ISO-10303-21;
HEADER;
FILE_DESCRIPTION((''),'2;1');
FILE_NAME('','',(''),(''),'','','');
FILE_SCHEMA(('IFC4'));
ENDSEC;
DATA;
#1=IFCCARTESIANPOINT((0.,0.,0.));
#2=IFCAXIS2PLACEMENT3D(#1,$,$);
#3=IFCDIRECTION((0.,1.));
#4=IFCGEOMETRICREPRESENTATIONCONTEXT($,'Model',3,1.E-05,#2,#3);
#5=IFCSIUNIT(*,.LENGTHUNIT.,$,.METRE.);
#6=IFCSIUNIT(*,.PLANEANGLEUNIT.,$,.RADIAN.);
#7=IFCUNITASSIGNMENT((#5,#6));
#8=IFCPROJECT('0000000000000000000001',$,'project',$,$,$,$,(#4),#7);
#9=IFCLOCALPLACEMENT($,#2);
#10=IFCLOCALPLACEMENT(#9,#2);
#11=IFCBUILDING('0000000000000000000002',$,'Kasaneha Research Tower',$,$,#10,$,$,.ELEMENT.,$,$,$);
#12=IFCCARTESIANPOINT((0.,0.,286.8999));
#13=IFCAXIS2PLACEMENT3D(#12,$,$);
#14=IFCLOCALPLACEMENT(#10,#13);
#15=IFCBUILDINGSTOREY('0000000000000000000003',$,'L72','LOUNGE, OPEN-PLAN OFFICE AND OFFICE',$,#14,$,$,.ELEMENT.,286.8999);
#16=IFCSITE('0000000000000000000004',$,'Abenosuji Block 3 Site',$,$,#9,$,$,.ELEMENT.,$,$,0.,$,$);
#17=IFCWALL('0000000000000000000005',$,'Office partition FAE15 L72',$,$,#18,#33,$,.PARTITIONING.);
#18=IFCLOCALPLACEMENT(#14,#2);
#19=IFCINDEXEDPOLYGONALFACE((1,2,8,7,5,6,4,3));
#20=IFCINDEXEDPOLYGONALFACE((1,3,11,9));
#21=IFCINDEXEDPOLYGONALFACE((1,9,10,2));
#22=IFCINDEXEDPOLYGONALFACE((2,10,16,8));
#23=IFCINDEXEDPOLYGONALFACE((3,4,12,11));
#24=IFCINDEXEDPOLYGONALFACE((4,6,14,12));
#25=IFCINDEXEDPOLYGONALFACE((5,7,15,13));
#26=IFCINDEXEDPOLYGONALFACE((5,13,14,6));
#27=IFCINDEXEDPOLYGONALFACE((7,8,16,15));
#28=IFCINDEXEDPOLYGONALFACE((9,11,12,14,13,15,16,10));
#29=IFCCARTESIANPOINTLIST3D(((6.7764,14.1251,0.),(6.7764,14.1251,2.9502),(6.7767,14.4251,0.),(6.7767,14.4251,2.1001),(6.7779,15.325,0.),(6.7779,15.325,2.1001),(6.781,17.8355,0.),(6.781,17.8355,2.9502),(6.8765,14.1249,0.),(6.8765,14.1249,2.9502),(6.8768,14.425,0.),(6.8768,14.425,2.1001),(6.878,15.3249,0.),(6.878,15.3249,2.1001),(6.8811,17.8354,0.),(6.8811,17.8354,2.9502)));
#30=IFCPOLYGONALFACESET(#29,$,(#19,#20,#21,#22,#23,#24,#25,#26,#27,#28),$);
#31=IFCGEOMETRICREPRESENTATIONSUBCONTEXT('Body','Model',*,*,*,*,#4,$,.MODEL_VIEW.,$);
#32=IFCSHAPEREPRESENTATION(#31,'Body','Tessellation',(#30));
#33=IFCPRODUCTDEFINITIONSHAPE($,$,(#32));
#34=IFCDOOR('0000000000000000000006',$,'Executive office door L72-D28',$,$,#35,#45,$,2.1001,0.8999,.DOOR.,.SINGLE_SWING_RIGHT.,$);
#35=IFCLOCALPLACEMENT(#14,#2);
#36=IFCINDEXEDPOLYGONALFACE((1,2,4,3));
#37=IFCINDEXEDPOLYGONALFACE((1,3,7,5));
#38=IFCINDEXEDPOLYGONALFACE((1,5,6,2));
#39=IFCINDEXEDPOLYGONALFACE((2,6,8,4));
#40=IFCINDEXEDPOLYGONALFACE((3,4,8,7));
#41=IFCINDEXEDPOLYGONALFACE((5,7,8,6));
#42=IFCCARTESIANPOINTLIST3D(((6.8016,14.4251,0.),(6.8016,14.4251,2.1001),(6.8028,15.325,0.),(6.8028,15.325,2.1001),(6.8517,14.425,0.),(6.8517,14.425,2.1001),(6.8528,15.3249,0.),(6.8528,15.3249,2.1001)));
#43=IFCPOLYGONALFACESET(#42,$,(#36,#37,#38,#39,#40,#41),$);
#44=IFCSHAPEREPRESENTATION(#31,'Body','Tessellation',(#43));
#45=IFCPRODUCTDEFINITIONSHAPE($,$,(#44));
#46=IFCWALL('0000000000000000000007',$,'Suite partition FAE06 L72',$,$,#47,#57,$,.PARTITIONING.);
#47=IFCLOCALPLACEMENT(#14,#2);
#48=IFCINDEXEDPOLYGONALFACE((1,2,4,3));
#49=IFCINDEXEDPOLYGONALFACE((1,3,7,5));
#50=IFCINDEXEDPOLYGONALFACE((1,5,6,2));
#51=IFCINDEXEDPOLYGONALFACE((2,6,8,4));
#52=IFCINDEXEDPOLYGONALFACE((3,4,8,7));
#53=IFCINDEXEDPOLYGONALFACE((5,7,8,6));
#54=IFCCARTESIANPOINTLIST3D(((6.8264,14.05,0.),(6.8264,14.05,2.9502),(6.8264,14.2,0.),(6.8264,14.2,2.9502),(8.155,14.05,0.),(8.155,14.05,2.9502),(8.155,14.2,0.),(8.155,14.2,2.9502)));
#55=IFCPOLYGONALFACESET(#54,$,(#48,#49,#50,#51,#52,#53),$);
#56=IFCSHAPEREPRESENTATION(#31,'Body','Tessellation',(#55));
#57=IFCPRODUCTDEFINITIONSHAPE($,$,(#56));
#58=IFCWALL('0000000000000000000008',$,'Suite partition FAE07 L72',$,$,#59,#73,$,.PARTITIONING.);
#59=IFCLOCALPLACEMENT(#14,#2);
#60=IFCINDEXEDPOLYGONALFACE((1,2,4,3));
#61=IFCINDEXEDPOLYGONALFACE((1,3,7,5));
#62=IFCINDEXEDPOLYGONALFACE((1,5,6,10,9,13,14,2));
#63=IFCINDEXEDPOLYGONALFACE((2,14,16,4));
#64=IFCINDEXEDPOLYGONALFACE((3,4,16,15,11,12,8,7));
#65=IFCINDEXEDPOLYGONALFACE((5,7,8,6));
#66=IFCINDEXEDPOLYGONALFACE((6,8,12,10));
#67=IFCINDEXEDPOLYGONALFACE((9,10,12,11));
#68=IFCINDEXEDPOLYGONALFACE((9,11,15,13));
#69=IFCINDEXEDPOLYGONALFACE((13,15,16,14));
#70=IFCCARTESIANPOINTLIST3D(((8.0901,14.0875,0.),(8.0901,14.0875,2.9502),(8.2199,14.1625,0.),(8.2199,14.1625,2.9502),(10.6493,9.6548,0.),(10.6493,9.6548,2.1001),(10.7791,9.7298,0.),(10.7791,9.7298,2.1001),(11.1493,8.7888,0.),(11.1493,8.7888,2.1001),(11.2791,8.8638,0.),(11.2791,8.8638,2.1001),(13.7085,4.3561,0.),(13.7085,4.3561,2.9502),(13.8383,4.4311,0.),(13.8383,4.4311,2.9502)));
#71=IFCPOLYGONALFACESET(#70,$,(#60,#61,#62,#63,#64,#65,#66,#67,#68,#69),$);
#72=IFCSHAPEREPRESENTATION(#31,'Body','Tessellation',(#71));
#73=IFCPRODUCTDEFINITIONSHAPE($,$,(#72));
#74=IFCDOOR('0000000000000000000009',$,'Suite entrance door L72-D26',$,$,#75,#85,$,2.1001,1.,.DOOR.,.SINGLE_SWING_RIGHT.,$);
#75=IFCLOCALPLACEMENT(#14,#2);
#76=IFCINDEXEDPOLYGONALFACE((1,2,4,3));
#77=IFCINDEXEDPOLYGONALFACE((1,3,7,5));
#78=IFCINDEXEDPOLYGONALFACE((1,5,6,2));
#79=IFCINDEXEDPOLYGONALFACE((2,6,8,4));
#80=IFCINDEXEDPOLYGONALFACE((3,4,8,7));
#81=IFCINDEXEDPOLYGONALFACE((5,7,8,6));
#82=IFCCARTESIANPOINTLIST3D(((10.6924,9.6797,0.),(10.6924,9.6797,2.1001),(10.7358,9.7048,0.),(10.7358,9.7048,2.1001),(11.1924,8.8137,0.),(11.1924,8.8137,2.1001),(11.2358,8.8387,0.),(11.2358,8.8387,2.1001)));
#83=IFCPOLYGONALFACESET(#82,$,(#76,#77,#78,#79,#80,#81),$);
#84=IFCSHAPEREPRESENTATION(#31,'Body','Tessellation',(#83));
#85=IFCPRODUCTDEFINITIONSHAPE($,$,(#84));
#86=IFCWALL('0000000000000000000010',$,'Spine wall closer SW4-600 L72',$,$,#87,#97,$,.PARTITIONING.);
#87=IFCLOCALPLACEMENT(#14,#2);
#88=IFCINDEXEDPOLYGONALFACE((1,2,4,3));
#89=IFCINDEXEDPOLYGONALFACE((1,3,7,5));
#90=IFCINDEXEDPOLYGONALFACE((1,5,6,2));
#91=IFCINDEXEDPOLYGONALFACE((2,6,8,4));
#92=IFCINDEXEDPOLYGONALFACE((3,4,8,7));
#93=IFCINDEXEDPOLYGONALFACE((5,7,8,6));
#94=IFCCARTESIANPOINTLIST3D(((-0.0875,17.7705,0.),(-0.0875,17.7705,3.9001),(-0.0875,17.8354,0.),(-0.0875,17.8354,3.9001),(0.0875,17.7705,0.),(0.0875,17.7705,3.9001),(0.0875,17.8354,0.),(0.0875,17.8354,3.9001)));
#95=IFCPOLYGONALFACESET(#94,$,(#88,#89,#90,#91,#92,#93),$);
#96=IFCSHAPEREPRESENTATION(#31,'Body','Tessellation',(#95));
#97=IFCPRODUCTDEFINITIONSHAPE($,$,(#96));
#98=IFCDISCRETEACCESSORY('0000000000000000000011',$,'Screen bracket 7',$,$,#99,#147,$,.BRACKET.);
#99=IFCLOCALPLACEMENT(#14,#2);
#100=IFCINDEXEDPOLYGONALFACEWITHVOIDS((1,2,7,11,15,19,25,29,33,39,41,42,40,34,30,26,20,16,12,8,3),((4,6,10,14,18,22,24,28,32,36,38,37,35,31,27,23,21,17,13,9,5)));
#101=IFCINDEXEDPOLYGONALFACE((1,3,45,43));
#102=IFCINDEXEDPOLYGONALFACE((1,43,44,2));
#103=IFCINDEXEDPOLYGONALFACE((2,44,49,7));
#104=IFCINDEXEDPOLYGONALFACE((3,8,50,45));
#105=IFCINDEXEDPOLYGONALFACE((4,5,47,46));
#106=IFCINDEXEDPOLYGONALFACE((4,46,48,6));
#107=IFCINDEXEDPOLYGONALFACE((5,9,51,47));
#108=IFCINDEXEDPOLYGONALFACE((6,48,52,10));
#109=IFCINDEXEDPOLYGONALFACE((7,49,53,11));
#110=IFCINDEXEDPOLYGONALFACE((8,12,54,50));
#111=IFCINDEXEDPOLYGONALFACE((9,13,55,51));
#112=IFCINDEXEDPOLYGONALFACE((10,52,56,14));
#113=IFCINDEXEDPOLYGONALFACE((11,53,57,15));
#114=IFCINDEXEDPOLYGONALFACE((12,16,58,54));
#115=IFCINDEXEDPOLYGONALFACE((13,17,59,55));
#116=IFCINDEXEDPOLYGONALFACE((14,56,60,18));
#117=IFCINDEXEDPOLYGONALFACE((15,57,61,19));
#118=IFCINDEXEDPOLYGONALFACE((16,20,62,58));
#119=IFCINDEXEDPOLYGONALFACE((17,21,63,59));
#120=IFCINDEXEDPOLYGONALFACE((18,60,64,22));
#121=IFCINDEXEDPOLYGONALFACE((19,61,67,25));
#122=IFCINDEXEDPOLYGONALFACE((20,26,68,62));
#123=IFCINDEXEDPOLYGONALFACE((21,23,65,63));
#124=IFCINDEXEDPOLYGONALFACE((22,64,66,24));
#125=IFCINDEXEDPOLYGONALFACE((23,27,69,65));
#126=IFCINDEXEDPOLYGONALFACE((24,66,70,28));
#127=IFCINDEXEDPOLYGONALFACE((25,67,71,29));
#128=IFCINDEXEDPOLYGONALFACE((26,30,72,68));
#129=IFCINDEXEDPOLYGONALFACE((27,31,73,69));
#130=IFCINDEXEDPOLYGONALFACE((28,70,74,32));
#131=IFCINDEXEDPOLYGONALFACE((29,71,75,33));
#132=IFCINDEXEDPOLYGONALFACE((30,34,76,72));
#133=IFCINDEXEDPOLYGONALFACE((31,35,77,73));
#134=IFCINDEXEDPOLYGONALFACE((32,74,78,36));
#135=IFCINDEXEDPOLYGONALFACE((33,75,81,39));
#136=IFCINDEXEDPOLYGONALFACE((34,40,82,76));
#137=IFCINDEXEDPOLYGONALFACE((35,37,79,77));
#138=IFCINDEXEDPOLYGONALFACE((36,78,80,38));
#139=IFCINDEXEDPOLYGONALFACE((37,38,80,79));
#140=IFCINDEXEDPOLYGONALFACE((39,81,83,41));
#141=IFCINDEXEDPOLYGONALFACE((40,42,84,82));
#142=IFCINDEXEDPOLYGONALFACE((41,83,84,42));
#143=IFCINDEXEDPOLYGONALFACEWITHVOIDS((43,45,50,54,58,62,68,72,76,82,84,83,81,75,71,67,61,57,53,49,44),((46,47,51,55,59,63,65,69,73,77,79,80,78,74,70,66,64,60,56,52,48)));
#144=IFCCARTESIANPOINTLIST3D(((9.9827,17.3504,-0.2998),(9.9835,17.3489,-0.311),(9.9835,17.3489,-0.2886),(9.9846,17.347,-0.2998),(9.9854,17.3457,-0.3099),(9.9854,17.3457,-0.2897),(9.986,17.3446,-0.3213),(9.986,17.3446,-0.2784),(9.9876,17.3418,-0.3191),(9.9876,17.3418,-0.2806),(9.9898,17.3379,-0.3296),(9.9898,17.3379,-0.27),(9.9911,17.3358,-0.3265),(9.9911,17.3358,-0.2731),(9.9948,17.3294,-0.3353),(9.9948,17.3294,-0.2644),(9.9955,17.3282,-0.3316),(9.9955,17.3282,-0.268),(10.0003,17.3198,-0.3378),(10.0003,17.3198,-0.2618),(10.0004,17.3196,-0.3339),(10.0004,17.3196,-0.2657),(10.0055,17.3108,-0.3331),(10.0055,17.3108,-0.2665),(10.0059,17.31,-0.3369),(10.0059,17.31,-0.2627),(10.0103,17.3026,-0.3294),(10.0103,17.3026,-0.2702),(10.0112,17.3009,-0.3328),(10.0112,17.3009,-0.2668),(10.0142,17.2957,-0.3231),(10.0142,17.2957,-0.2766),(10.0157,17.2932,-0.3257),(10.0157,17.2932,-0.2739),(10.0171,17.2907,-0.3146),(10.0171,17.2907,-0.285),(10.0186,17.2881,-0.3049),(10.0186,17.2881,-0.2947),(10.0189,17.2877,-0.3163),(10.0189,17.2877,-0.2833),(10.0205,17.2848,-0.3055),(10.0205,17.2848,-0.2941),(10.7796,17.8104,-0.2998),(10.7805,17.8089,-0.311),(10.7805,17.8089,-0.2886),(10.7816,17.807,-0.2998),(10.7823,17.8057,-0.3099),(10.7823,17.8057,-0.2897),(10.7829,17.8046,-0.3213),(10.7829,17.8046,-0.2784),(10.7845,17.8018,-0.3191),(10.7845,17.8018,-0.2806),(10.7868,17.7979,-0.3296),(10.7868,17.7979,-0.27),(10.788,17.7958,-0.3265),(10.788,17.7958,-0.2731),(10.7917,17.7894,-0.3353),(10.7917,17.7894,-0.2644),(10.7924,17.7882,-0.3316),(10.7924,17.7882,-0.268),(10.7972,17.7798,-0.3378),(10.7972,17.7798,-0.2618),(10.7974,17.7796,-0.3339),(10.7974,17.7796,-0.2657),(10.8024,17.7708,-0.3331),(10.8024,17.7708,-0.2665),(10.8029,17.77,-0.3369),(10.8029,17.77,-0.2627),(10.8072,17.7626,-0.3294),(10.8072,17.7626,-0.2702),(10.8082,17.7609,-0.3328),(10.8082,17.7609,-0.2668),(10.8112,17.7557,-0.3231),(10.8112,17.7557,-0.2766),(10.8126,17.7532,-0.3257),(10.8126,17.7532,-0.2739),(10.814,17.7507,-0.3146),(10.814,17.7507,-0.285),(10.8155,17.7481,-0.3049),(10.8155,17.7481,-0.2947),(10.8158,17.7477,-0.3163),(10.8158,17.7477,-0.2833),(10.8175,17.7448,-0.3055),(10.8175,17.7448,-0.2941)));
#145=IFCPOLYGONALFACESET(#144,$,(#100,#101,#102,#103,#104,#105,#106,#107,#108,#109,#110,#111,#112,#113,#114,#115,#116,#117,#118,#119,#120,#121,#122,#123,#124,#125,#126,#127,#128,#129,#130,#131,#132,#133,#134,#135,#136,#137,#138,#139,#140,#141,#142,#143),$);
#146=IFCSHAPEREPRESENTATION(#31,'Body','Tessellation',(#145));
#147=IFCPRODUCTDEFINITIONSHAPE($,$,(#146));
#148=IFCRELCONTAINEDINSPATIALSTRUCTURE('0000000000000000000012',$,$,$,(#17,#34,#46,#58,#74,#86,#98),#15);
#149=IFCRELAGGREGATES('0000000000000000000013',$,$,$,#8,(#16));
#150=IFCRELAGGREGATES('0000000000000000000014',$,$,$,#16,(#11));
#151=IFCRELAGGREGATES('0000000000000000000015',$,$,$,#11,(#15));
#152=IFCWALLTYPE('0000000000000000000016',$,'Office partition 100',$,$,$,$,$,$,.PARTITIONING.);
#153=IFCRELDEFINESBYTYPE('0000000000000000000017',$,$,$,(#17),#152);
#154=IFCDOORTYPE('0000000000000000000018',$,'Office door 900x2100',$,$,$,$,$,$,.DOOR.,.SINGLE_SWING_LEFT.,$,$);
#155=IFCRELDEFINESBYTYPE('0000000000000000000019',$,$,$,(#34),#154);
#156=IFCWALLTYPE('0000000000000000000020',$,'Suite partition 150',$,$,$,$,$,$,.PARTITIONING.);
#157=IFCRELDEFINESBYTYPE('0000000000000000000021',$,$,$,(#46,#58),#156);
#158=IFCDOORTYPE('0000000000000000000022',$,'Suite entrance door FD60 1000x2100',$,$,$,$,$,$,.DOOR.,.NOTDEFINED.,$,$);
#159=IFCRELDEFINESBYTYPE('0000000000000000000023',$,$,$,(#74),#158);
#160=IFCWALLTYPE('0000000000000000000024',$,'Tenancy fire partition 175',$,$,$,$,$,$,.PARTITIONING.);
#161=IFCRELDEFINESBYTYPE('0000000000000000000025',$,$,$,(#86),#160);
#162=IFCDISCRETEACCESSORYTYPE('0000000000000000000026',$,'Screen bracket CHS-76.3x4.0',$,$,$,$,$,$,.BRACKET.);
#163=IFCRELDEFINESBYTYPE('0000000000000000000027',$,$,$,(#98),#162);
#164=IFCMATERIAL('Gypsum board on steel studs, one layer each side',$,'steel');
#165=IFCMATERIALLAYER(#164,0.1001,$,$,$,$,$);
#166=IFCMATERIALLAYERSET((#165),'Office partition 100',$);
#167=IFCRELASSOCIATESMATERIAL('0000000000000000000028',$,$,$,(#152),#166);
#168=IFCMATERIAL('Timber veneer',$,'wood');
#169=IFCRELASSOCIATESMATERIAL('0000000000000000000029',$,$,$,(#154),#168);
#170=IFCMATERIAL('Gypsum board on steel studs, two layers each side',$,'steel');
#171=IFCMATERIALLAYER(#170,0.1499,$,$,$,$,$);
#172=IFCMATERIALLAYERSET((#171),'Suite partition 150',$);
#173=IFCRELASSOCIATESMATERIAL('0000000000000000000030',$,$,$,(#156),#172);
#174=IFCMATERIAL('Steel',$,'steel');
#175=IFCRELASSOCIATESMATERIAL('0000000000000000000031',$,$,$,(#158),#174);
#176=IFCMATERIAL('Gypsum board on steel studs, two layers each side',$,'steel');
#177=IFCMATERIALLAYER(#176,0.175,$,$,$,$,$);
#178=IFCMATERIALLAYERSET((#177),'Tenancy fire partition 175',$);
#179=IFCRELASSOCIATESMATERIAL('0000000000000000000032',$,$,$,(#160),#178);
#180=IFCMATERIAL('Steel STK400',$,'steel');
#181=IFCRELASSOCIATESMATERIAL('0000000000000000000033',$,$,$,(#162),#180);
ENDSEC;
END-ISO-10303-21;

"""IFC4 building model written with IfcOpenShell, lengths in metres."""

from ifc_helpers import new_model, si_unit, direction, frame, frame_2d, origin, origin_2d, place, context, subcontext, project, spatial, rectangle, hollow_circle, extrude, material, layer, layer_set, material_profile, profile_set, type_object, element, fill, save


model = new_model("IFC4")

# Units and contexts
model_context = context("Model", 3, precision=1e-05, world=origin(), true_north=direction((0.0, 1.0)))
body_context = subcontext(model_context, "Body", "Model", "MODEL_VIEW")
ifc_project = project(units=[si_unit("LENGTHUNIT", "METRE"), si_unit("PLANEANGLEUNIT", "RADIAN")], contexts=[model_context])

# Site, building, storey
site_placement = place(None, origin())
site = spatial("IfcSite", under=ifc_project, at=site_placement, Name="Abenosuji Block 3 Site", CompositionType="ELEMENT", RefElevation=0.0)
building_placement = place(site_placement, origin())
building = spatial("IfcBuilding", under=site, at=building_placement, Name="Kasaneha Research Tower", CompositionType="ELEMENT")
storey_placement = place(building_placement, frame((0.0, 0.0, 286.8999)))
storey = spatial("IfcBuildingStorey", under=building, at=storey_placement, Name="L72", Description="LOUNGE, OPEN-PLAN OFFICE AND OFFICE", CompositionType="ELEMENT", Elevation=286.8999)

# Shared definitions
ifc_material_1 = material(Name="Gypsum board on steel studs, one layer each side", Category="steel")
ifc_layer_1 = layer(ifc_material_1, 0.1001)
ifc_layer_set_1 = layer_set([ifc_layer_1], Name="Office partition 100")
wall_type_1 = type_object("IfcWallType", Name="Office partition 100", PredefinedType="PARTITIONING", material=ifc_layer_set_1)

# Wall, opening, door
wall_1_placement = place(storey_placement, frame((6.8311, 17.8354, 0.0), z_axis=(0.0, 0.0, 1.0), x_axis=(-0.00125, -0.999999, 0.0)))
wall_1 = element("IfcWall", 1, at=wall_1_placement, inside=storey, type_object=wall_type_1, Name="Office partition FAE15 L72", PredefinedType="PARTITIONING", context=body_context, shape_type="SweptSolid", body=[
    extrude(rectangle(XDim=3.7104, YDim=0.1001, at=frame_2d((1.8552, 0.0))), origin(), (0.0, 0.0, 1.0), 2.9502),
])
opening_1_placement = place(wall_1_placement, frame((2.5105, 0.0, 0.0)))
opening_1 = element("IfcOpeningElement", 2, at=opening_1_placement, cuts=wall_1, PredefinedType="OPENING", context=body_context, shape_type="SweptSolid", body=[
    extrude(rectangle(XDim=0.8999, YDim=2.1001, at=frame_2d((0.45, 1.05))), frame((0.0, 0.0601, 0.0), z_axis=(0.0, -1.0, 0.0), x_axis=(1.0, 0.0, 0.0)), (0.0, 0.0, 1.0), 0.1201),
])
ifc_material_2 = material(Name="Timber veneer", Category="wood")
door_type_1 = type_object("IfcDoorType", Name="Office door 900x2100", OperationType="SINGLE_SWING_LEFT", PredefinedType="DOOR", material=ifc_material_2)
door_1_placement = place(opening_1_placement, origin())
door_1 = element("IfcDoor", 3, at=door_1_placement, inside=storey, type_object=door_type_1, Name="Executive office door L72-D28", OperationType="SINGLE_SWING_RIGHT", OverallHeight=2.1001, OverallWidth=0.8999, PredefinedType="DOOR", context=body_context, shape_type="SweptSolid", body=[
    extrude(rectangle(XDim=0.8999, YDim=2.1001, at=frame_2d((0.45, 1.05))), frame((0.0, 0.0249, 0.0), z_axis=(0.0, -1.0, 0.0), x_axis=(1.0, 0.0, 0.0)), (0.0, 0.0, 1.0), 0.05),
])
fill(opening_1, door_1)

# Wall
ifc_material_3 = material(Name="Gypsum board on steel studs, two layers each side", Category="steel")
ifc_layer_2 = layer(ifc_material_3, 0.1499)
ifc_layer_set_2 = layer_set([ifc_layer_2], Name="Suite partition 150")
wall_type_2 = type_object("IfcWallType", Name="Suite partition 150", PredefinedType="PARTITIONING", material=ifc_layer_set_2)
wall_2_placement = place(storey_placement, frame((6.8264, 14.125, 0.0), z_axis=(0.0, 0.0, 1.0), x_axis=(1.0, 0.0, 0.0)))
element("IfcWall", 4, at=wall_2_placement, inside=storey, type_object=wall_type_2, Name="Suite partition FAE06 L72", PredefinedType="PARTITIONING", context=body_context, shape_type="SweptSolid", body=[
    extrude(rectangle(XDim=1.3286, YDim=0.1499, at=frame_2d((0.6643, 0.0))), origin(), (0.0, 0.0, 1.0), 2.9502),
])

# Wall, opening, door
wall_3_placement = place(storey_placement, frame((8.155, 14.125, 0.0), z_axis=(0.0, 0.0, 1.0), x_axis=(0.499997, -0.866027, 0.0)))
wall_3 = element("IfcWall", 5, at=wall_3_placement, inside=storey, type_object=wall_type_2, Name="Suite partition FAE07 L72", PredefinedType="PARTITIONING", context=body_context, shape_type="SweptSolid", body=[
    extrude(rectangle(XDim=11.2368, YDim=0.1499, at=frame_2d((5.6184, 0.0))), origin(), (0.0, 0.0, 1.0), 2.9502),
])
opening_2_placement = place(wall_3_placement, frame((5.1184, 0.0, 0.0)))
opening_2 = element("IfcOpeningElement", 6, at=opening_2_placement, cuts=wall_3, PredefinedType="OPENING", context=body_context, shape_type="SweptSolid", body=[
    extrude(rectangle(XDim=1.0, YDim=2.1001, at=frame_2d((0.5, 1.05))), frame((0.0, 0.085, 0.0), z_axis=(0.0, -1.0, 0.0), x_axis=(1.0, 0.0, 0.0)), (0.0, 0.0, 1.0), 0.1699),
])
ifc_material_4 = material(Name="Steel", Category="steel")
door_type_2 = type_object("IfcDoorType", Name="Suite entrance door FD60 1000x2100", OperationType="NOTDEFINED", PredefinedType="DOOR", material=ifc_material_4)
door_2_placement = place(opening_2_placement, origin())
door_2 = element("IfcDoor", 7, at=door_2_placement, inside=storey, type_object=door_type_2, Name="Suite entrance door L72-D26", OperationType="SINGLE_SWING_RIGHT", OverallHeight=2.1001, OverallWidth=1.0, PredefinedType="DOOR", context=body_context, shape_type="SweptSolid", body=[
    extrude(rectangle(XDim=1.0, YDim=2.1001, at=frame_2d((0.5, 1.05))), frame((0.0, 0.0249, 0.0), z_axis=(0.0, -1.0, 0.0), x_axis=(1.0, 0.0, 0.0)), (0.0, 0.0, 1.0), 0.05),
])
fill(opening_2, door_2)

# Wall
ifc_material_5 = material(Name="Gypsum board on steel studs, two layers each side", Category="steel")
ifc_layer_3 = layer(ifc_material_5, 0.175)
ifc_layer_set_3 = layer_set([ifc_layer_3], Name="Tenancy fire partition 175")
wall_type_3 = type_object("IfcWallType", Name="Tenancy fire partition 175", PredefinedType="PARTITIONING", material=ifc_layer_set_3)
wall_4_placement = place(storey_placement, frame((0.0, 17.7705, 0.0), z_axis=(0.0, 0.0, 1.0), x_axis=(0.0, 1.0, 0.0)))
element("IfcWall", 8, at=wall_4_placement, inside=storey, type_object=wall_type_3, Name="Spine wall closer SW4-600 L72", PredefinedType="PARTITIONING", context=body_context, shape_type="SweptSolid", body=[
    extrude(rectangle(XDim=0.0649, YDim=0.175, at=frame_2d((0.0325, 0.0))), origin(), (0.0, 0.0, 1.0), 3.9001),
])

# Discrete accessory
ifc_material_6 = material(Name="Steel STK400", Category="steel")
ifc_material_profile_1 = material_profile(ifc_material_6, hollow_circle(Radius=0.0381, WallThickness=0.0039, at=origin_2d()), Name="CHS-76.3x4.0")
ifc_profile_set_1 = profile_set([ifc_material_profile_1], Name="Steel STK400")
discrete_accessory_type = type_object("IfcDiscreteAccessoryType", Name="Screen bracket CHS-76.3x4.0", PredefinedType="BRACKET", material=ifc_profile_set_1)
discrete_accessory_placement = place(storey_placement, frame((10.0017, 17.3174, -0.2998), z_axis=(0.86608, 0.499906, 0.0), x_axis=(-0.499906, 0.86608, 0.0)))
element("IfcDiscreteAccessory", 9, at=discrete_accessory_placement, inside=storey, type_object=discrete_accessory_type, Name="Screen bracket 7", PredefinedType="BRACKET", context=body_context, shape_type="SweptSolid", body=[
    extrude(hollow_circle(Radius=0.0381, WallThickness=0.0039, at=origin_2d()), origin(), (0.0, 0.0, 1.0), 0.9202),
])

save(model, "model.ifc")
